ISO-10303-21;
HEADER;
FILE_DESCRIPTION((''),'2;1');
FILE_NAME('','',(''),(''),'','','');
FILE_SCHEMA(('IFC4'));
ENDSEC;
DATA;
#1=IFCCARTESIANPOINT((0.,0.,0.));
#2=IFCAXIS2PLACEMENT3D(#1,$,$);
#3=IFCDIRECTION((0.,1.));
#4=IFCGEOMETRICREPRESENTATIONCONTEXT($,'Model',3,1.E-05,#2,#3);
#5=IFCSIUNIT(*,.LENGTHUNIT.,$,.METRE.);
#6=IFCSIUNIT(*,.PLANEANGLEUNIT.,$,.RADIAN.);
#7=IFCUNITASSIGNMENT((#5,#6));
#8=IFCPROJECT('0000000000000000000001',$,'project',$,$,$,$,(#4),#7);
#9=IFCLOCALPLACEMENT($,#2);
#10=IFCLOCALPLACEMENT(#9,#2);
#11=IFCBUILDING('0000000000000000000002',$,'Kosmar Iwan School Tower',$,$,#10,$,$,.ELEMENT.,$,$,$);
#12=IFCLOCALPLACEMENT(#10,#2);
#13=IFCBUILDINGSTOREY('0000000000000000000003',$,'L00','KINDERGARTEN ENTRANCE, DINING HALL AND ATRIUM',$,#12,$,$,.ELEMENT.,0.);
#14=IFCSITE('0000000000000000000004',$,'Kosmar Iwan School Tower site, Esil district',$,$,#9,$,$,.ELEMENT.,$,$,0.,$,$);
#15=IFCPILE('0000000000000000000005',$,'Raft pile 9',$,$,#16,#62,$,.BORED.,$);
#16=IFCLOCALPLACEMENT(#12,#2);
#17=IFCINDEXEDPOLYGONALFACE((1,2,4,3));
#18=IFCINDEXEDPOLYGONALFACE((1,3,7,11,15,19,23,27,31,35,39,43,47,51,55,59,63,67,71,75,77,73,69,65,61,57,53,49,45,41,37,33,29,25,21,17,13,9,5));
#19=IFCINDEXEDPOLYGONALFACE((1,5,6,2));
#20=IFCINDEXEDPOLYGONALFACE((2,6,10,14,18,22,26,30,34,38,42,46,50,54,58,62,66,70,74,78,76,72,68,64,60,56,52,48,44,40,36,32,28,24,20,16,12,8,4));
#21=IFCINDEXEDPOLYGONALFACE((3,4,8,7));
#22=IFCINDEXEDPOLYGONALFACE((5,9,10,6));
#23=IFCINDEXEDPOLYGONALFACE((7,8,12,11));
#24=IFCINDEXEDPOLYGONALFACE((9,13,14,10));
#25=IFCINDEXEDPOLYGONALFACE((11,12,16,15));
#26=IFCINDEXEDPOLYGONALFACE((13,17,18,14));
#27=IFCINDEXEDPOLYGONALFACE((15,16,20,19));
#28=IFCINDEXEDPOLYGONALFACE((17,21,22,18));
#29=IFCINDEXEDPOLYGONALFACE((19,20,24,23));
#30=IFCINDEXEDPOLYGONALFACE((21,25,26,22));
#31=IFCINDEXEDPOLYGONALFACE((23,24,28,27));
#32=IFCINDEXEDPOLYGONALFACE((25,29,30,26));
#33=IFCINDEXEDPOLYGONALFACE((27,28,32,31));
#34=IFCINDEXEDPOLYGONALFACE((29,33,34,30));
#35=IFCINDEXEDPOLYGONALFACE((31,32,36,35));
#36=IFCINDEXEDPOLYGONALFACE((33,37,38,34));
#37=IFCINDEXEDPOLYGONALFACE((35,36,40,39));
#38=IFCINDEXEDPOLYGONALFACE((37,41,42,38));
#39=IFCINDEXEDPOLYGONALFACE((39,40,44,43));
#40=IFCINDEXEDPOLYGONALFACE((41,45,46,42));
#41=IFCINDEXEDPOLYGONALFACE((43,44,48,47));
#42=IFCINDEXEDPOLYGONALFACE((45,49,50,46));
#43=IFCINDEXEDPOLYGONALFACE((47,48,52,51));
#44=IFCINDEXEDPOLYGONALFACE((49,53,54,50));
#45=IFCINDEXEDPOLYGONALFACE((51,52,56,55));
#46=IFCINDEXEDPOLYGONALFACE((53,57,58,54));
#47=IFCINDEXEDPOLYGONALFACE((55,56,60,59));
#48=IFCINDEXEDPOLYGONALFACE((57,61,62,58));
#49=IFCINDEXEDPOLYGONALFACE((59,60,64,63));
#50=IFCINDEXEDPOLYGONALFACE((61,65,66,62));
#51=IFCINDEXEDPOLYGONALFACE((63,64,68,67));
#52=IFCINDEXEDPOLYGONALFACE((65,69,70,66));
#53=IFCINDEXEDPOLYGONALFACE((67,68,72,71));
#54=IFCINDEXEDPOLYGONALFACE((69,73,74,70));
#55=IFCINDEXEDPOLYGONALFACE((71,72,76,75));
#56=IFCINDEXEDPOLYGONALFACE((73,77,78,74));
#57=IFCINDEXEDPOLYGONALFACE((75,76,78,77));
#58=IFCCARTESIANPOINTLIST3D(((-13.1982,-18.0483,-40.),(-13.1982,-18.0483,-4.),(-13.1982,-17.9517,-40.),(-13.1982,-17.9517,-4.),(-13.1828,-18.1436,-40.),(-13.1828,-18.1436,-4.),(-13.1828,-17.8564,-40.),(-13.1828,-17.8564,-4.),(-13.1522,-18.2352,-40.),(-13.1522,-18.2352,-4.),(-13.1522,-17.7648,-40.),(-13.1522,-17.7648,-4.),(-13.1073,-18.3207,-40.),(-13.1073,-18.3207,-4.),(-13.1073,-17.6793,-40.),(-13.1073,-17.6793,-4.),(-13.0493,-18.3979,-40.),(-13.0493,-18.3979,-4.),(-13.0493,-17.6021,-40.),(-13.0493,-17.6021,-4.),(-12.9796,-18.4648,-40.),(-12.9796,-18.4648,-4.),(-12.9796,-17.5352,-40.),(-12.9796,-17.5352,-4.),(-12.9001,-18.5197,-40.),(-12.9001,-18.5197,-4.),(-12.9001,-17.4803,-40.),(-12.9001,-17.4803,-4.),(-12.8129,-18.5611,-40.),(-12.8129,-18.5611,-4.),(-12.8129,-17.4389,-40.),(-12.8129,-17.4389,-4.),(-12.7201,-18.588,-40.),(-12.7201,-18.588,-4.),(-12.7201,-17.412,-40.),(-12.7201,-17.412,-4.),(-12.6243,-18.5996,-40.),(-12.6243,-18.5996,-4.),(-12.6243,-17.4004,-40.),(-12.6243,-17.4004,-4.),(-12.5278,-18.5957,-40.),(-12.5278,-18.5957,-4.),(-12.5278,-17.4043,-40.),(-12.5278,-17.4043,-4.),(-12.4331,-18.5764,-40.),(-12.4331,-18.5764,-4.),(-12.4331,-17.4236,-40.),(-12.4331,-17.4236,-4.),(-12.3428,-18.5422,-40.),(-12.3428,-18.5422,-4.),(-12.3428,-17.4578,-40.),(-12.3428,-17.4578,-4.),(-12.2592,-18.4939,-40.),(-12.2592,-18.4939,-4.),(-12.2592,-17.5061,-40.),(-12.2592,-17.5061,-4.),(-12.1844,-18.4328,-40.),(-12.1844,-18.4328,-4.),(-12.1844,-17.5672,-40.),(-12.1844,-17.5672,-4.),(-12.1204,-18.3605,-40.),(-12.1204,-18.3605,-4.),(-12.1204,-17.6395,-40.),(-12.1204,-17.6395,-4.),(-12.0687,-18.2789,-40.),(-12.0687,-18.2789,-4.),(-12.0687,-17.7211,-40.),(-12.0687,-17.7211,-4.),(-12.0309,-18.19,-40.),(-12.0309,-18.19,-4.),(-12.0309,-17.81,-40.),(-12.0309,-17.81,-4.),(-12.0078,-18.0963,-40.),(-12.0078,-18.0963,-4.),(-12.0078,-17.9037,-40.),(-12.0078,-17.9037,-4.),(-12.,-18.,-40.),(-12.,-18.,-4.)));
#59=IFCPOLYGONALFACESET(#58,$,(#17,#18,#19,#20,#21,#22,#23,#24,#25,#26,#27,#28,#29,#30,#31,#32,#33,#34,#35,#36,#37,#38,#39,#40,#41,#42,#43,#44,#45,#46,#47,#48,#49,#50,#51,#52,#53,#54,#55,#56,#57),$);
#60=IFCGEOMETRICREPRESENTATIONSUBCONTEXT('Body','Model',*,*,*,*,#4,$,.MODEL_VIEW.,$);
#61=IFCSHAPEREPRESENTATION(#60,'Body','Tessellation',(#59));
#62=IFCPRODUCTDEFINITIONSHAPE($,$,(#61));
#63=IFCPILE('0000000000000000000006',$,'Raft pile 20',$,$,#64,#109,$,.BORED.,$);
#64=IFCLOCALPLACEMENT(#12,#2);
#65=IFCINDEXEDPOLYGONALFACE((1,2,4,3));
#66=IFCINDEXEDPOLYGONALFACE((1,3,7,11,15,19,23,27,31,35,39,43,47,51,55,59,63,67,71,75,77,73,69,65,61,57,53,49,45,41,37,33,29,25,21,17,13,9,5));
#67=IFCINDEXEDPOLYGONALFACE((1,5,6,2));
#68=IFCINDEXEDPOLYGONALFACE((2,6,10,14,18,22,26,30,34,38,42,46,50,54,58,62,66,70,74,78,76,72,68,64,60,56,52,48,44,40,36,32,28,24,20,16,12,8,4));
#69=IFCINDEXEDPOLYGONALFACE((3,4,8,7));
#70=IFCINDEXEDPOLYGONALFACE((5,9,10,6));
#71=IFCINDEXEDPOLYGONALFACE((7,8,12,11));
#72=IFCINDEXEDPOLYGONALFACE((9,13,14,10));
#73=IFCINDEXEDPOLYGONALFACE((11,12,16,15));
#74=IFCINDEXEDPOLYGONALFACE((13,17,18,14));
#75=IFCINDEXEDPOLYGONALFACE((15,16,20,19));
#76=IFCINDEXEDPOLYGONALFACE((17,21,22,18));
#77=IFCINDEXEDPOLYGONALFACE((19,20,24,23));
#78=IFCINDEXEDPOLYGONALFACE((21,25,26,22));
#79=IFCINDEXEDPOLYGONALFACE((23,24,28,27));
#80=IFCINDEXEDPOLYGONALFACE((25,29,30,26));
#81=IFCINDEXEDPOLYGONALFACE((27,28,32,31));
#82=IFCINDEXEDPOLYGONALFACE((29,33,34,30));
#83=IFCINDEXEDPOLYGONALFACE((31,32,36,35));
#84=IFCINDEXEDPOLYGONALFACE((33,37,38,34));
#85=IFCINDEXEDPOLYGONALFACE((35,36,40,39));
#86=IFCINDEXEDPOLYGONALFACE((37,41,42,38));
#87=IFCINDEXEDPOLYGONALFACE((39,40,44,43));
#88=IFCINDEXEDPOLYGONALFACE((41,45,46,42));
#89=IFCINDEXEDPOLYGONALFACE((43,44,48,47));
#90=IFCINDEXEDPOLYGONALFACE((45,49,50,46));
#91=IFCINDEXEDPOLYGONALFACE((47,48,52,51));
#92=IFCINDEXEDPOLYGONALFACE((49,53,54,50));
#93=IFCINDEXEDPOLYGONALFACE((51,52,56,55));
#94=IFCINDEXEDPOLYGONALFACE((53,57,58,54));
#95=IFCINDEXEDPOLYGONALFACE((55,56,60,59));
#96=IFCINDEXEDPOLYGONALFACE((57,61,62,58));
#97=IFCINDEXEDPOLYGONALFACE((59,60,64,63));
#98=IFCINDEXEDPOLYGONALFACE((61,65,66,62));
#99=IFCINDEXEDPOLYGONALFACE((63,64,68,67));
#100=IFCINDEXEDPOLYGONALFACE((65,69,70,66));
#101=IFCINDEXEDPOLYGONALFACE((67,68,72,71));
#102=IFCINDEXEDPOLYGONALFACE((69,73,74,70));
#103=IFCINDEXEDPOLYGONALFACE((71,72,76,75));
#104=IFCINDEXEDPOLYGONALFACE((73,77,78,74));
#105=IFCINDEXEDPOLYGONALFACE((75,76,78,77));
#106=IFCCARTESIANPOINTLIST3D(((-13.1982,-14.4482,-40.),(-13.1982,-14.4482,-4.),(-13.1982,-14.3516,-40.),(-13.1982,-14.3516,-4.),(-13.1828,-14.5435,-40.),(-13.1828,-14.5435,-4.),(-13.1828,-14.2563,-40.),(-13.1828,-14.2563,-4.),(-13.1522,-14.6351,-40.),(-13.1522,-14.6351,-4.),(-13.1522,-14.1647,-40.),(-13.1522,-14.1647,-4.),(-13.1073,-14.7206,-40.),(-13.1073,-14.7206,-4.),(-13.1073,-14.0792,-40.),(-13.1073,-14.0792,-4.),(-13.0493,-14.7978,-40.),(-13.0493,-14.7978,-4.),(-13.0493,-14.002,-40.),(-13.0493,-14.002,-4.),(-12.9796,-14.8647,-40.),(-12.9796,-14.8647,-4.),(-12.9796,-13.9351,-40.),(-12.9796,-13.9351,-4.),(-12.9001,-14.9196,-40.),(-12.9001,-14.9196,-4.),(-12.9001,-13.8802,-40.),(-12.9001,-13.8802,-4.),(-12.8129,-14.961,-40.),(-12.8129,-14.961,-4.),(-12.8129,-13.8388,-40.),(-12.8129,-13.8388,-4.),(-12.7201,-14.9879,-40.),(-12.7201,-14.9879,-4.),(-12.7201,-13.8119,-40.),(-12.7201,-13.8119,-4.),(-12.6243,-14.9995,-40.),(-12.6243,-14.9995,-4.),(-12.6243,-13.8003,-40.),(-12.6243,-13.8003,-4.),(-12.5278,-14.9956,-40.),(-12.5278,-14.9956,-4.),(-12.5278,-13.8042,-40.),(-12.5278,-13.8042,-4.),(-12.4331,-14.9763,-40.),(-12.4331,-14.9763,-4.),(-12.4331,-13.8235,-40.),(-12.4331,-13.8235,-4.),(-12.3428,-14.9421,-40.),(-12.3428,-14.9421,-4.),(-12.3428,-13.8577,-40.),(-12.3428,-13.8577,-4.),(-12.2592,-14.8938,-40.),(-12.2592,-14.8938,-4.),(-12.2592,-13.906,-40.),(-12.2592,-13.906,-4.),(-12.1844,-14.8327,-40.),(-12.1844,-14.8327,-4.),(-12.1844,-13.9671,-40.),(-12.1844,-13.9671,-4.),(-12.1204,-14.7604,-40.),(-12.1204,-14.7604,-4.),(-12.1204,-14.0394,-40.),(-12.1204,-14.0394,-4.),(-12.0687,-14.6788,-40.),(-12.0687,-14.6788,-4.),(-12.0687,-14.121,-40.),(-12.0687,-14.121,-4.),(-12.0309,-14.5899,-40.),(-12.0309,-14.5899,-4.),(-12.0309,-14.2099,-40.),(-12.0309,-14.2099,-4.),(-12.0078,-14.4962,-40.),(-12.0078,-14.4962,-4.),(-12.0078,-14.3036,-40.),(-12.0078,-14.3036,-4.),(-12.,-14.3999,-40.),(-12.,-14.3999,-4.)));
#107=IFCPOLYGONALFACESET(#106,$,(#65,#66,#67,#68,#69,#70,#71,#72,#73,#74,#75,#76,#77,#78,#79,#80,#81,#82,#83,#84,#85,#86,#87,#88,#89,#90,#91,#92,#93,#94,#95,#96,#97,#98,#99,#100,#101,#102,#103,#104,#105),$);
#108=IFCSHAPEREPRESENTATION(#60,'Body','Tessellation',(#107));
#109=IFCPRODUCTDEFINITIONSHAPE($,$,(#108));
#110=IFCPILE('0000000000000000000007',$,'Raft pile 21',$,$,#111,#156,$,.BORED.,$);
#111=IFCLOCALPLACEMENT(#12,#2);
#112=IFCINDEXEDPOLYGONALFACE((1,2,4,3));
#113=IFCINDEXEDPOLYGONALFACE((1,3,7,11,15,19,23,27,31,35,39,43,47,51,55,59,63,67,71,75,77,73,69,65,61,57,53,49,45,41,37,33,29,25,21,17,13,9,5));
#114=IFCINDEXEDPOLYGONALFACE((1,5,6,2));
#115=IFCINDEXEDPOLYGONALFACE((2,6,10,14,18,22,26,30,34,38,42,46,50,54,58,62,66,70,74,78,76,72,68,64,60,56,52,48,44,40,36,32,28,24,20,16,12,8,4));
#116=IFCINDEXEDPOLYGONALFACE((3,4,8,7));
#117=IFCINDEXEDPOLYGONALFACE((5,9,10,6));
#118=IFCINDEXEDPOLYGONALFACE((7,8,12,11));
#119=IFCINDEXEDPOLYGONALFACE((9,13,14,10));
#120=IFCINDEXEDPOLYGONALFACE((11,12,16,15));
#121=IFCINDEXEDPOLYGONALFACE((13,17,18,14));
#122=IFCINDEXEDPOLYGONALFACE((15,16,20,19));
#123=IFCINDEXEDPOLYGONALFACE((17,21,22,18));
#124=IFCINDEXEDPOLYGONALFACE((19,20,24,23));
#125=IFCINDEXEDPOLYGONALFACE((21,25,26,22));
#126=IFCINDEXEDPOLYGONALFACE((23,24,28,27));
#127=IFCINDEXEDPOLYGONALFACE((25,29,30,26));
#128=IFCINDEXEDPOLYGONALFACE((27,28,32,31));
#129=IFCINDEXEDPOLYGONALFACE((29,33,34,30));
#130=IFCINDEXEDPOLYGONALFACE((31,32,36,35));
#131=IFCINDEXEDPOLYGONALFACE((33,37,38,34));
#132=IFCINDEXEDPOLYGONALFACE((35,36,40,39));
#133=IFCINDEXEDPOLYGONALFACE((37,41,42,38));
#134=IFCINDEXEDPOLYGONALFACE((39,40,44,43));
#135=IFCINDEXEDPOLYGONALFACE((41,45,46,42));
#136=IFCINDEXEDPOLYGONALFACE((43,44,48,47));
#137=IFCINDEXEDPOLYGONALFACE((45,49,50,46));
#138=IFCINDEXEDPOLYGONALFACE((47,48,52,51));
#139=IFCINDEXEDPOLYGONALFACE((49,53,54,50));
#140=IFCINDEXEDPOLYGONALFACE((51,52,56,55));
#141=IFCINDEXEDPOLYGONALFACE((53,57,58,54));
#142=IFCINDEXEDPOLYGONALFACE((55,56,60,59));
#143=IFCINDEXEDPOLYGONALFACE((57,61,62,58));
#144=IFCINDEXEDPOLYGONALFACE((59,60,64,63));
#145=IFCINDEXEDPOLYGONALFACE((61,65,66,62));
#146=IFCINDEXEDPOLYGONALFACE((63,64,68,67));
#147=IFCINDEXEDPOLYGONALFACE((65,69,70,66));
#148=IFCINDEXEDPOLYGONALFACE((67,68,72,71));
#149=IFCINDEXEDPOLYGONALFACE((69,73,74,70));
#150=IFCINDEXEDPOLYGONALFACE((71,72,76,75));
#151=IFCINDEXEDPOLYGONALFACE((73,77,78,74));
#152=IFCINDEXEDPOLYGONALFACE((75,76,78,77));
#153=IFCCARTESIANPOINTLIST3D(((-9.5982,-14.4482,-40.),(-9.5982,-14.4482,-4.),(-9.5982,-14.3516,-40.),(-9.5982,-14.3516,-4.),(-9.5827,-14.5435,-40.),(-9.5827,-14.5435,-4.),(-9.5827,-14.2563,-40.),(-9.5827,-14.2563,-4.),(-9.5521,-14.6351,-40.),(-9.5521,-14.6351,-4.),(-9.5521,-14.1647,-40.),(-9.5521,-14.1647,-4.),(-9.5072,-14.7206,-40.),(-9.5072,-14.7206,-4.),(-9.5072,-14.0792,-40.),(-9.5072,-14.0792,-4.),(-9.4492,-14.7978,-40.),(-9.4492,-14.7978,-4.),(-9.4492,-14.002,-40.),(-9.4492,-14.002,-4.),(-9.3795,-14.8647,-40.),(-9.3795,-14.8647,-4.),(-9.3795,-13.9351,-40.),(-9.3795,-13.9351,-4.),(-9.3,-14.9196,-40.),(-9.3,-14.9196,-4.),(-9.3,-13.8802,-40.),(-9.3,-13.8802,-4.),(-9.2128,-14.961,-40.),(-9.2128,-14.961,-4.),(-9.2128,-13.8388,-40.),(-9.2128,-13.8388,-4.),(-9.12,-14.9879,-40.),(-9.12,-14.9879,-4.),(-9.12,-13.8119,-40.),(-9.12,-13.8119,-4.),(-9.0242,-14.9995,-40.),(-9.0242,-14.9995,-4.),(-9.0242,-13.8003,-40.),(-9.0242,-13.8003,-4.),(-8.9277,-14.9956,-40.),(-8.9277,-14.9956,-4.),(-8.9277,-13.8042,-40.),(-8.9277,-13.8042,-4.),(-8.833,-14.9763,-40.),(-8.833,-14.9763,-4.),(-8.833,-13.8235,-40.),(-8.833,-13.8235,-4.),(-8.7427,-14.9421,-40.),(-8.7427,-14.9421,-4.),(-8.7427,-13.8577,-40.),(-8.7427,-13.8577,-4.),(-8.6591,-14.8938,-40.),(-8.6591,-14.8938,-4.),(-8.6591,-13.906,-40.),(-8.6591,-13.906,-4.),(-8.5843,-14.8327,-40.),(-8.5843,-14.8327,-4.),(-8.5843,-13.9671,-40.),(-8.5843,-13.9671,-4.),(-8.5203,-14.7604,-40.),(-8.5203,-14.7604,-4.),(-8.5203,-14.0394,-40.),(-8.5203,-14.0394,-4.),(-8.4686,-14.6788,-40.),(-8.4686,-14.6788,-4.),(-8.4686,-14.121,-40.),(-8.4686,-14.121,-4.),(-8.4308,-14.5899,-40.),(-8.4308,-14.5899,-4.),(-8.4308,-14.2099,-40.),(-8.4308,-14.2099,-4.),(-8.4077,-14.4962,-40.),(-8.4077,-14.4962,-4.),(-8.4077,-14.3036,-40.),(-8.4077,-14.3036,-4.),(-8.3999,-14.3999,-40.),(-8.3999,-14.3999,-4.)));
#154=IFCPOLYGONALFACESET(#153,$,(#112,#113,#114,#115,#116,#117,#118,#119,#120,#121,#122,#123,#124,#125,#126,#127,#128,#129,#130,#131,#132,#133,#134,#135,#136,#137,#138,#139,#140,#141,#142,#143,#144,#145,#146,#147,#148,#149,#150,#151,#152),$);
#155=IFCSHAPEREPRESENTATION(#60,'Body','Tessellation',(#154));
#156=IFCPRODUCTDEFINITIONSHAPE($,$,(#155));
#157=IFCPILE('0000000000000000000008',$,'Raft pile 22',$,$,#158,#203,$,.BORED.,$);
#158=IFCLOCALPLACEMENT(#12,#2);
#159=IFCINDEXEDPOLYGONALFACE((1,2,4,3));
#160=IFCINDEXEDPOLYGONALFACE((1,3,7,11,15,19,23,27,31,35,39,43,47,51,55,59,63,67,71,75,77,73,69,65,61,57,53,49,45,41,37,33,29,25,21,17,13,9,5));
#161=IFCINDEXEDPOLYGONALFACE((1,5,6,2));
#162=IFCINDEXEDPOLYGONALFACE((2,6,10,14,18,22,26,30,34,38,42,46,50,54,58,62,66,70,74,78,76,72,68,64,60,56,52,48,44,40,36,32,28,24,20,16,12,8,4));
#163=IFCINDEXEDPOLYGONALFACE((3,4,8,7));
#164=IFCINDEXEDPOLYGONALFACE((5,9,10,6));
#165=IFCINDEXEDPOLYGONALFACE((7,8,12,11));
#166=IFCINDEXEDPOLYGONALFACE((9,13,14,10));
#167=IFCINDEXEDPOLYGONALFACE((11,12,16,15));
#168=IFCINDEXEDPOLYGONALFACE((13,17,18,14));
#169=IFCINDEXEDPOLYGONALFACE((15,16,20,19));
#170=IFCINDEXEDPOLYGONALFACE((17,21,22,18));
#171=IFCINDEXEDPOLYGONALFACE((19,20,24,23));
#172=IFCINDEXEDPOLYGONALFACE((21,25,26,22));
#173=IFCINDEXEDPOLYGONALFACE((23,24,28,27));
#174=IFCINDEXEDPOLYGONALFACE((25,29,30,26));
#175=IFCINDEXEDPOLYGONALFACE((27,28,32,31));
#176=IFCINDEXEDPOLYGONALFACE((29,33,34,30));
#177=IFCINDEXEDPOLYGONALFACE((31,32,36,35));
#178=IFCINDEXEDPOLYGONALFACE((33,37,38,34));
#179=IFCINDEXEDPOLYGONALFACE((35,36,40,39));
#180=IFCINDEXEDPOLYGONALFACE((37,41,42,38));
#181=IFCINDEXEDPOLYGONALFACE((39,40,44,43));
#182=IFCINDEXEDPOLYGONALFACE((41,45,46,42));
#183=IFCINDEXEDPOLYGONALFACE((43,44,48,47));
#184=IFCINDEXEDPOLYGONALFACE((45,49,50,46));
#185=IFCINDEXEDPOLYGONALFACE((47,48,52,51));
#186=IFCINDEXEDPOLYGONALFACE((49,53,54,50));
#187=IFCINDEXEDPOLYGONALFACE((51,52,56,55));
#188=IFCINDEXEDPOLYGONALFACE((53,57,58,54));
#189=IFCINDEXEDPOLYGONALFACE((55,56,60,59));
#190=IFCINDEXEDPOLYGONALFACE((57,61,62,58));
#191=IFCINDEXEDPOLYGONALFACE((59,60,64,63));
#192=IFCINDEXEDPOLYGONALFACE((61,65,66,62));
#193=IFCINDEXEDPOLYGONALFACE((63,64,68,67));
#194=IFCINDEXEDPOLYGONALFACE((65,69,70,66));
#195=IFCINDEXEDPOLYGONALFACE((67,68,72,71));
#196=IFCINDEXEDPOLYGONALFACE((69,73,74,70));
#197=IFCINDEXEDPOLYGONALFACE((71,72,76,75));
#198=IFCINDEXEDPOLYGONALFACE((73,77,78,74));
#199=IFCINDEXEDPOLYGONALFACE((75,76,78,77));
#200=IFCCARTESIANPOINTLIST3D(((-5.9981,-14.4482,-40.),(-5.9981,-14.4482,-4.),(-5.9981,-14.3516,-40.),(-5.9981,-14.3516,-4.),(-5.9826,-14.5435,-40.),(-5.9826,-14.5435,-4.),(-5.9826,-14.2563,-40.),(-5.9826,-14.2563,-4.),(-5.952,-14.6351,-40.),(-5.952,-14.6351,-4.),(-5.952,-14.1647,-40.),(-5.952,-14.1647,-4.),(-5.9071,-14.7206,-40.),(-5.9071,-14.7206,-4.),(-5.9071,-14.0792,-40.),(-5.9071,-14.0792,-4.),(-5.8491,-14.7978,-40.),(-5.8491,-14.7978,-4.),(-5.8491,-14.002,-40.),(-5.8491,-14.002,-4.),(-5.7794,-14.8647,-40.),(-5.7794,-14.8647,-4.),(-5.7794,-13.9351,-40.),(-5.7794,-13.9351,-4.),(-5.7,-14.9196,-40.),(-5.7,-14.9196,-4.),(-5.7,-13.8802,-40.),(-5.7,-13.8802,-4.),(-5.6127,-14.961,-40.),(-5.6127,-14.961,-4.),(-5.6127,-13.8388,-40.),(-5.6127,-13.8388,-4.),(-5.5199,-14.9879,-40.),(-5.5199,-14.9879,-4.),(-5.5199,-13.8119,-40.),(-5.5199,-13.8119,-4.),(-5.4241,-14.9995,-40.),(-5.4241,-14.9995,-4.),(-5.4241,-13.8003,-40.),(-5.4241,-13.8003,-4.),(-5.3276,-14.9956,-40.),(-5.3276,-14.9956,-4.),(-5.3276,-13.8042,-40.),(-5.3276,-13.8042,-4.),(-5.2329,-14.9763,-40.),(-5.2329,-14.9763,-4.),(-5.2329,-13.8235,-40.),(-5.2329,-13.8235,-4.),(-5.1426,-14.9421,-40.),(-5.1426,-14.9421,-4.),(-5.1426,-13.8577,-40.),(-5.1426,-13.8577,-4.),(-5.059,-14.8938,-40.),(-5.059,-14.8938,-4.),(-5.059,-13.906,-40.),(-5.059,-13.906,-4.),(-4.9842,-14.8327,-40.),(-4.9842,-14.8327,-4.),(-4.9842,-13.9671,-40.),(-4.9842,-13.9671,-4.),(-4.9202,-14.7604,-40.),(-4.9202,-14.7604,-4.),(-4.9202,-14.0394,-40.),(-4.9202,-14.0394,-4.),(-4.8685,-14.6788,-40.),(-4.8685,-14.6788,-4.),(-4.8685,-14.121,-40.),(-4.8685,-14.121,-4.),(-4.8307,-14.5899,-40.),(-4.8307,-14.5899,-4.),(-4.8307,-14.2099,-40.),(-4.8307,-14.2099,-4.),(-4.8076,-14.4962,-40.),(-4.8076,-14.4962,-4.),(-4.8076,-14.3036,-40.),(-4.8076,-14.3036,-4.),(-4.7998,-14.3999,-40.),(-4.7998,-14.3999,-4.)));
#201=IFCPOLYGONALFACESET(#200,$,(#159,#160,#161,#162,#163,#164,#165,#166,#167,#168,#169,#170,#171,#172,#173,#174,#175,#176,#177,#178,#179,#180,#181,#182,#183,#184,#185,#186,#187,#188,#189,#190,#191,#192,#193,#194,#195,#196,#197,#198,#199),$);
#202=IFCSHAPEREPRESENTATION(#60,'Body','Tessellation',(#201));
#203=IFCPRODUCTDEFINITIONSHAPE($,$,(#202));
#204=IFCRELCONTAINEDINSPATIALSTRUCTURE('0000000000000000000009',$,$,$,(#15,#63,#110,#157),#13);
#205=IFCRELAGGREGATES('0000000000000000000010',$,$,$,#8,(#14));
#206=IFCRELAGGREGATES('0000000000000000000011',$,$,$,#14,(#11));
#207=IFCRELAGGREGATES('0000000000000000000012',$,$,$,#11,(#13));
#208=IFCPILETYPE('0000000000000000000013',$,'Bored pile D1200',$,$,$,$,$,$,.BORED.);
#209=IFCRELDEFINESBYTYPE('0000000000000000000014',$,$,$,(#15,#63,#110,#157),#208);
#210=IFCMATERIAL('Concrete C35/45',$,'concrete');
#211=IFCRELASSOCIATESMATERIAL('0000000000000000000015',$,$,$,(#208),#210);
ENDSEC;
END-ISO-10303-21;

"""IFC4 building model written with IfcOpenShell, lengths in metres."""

from ifc_helpers import new_model, si_unit, direction, frame, origin, origin_2d, place, context, subcontext, project, spatial, circle, extrude, material, material_profile, profile_set, type_object, element, save


model = new_model("IFC4")

# Units and contexts
model_context = context("Model", 3, precision=1e-05, world=origin(), true_north=direction((0.0, 1.0)))
body_context = subcontext(model_context, "Body", "Model", "MODEL_VIEW")
ifc_project = project(units=[si_unit("LENGTHUNIT", "METRE"), si_unit("PLANEANGLEUNIT", "RADIAN")], contexts=[model_context])

# Site, building, storey
site_placement = place(None, origin())
site = spatial("IfcSite", under=ifc_project, at=site_placement, Name="Kosmar Iwan School Tower site, Esil district", CompositionType="ELEMENT", RefElevation=0.0)
building_placement = place(site_placement, origin())
building = spatial("IfcBuilding", under=site, at=building_placement, Name="Kosmar Iwan School Tower", CompositionType="ELEMENT")
storey_placement = place(building_placement, origin())
storey = spatial("IfcBuildingStorey", under=building, at=storey_placement, Name="L00", Description="KINDERGARTEN ENTRANCE, DINING HALL AND ATRIUM", CompositionType="ELEMENT", Elevation=0.0)

# Piles
ifc_material_1 = material(Name="Concrete C35/45", Category="concrete")
ifc_material_profile_1 = material_profile(ifc_material_1, circle(Radius=0.6001, at=origin_2d()), Name="D1200")
ifc_profile_set_1 = profile_set([ifc_material_profile_1], Name="Concrete C35/45")
pile_type = type_object("IfcPileType", Name="Bored pile D1200", PredefinedType="BORED", material=ifc_profile_set_1)
for number, where, z_axis, x_axis, name in (
    (1, (-12.6001, -18.0, -4.0), (0.0, 0.0, -1.0), (1.0, 0.0, 0.0), "Raft pile 9"),
    (2, (-12.6001, -14.3999, -4.0), (0.0, 0.0, -1.0), (1.0, 0.0, 0.0), "Raft pile 20"),
    (3, (-9.0, -14.3999, -4.0), (0.0, 0.0, -1.0), (1.0, 0.0, 0.0), "Raft pile 21"),
    (4, (-5.3999, -14.3999, -4.0), (0.0, 0.0, -1.0), (1.0, 0.0, 0.0), "Raft pile 22"),
):
    element("IfcPile", number, at=place(storey_placement, frame(where, z_axis=z_axis, x_axis=x_axis)), inside=storey, type_object=pile_type, Name=name, PredefinedType="BORED", context=body_context, shape_type="SweptSolid", body=[
        extrude(circle(Radius=0.6001, at=origin_2d()), origin(), (0.0, 0.0, 1.0), 36.0),
    ])

save(model, "model.ifc")
